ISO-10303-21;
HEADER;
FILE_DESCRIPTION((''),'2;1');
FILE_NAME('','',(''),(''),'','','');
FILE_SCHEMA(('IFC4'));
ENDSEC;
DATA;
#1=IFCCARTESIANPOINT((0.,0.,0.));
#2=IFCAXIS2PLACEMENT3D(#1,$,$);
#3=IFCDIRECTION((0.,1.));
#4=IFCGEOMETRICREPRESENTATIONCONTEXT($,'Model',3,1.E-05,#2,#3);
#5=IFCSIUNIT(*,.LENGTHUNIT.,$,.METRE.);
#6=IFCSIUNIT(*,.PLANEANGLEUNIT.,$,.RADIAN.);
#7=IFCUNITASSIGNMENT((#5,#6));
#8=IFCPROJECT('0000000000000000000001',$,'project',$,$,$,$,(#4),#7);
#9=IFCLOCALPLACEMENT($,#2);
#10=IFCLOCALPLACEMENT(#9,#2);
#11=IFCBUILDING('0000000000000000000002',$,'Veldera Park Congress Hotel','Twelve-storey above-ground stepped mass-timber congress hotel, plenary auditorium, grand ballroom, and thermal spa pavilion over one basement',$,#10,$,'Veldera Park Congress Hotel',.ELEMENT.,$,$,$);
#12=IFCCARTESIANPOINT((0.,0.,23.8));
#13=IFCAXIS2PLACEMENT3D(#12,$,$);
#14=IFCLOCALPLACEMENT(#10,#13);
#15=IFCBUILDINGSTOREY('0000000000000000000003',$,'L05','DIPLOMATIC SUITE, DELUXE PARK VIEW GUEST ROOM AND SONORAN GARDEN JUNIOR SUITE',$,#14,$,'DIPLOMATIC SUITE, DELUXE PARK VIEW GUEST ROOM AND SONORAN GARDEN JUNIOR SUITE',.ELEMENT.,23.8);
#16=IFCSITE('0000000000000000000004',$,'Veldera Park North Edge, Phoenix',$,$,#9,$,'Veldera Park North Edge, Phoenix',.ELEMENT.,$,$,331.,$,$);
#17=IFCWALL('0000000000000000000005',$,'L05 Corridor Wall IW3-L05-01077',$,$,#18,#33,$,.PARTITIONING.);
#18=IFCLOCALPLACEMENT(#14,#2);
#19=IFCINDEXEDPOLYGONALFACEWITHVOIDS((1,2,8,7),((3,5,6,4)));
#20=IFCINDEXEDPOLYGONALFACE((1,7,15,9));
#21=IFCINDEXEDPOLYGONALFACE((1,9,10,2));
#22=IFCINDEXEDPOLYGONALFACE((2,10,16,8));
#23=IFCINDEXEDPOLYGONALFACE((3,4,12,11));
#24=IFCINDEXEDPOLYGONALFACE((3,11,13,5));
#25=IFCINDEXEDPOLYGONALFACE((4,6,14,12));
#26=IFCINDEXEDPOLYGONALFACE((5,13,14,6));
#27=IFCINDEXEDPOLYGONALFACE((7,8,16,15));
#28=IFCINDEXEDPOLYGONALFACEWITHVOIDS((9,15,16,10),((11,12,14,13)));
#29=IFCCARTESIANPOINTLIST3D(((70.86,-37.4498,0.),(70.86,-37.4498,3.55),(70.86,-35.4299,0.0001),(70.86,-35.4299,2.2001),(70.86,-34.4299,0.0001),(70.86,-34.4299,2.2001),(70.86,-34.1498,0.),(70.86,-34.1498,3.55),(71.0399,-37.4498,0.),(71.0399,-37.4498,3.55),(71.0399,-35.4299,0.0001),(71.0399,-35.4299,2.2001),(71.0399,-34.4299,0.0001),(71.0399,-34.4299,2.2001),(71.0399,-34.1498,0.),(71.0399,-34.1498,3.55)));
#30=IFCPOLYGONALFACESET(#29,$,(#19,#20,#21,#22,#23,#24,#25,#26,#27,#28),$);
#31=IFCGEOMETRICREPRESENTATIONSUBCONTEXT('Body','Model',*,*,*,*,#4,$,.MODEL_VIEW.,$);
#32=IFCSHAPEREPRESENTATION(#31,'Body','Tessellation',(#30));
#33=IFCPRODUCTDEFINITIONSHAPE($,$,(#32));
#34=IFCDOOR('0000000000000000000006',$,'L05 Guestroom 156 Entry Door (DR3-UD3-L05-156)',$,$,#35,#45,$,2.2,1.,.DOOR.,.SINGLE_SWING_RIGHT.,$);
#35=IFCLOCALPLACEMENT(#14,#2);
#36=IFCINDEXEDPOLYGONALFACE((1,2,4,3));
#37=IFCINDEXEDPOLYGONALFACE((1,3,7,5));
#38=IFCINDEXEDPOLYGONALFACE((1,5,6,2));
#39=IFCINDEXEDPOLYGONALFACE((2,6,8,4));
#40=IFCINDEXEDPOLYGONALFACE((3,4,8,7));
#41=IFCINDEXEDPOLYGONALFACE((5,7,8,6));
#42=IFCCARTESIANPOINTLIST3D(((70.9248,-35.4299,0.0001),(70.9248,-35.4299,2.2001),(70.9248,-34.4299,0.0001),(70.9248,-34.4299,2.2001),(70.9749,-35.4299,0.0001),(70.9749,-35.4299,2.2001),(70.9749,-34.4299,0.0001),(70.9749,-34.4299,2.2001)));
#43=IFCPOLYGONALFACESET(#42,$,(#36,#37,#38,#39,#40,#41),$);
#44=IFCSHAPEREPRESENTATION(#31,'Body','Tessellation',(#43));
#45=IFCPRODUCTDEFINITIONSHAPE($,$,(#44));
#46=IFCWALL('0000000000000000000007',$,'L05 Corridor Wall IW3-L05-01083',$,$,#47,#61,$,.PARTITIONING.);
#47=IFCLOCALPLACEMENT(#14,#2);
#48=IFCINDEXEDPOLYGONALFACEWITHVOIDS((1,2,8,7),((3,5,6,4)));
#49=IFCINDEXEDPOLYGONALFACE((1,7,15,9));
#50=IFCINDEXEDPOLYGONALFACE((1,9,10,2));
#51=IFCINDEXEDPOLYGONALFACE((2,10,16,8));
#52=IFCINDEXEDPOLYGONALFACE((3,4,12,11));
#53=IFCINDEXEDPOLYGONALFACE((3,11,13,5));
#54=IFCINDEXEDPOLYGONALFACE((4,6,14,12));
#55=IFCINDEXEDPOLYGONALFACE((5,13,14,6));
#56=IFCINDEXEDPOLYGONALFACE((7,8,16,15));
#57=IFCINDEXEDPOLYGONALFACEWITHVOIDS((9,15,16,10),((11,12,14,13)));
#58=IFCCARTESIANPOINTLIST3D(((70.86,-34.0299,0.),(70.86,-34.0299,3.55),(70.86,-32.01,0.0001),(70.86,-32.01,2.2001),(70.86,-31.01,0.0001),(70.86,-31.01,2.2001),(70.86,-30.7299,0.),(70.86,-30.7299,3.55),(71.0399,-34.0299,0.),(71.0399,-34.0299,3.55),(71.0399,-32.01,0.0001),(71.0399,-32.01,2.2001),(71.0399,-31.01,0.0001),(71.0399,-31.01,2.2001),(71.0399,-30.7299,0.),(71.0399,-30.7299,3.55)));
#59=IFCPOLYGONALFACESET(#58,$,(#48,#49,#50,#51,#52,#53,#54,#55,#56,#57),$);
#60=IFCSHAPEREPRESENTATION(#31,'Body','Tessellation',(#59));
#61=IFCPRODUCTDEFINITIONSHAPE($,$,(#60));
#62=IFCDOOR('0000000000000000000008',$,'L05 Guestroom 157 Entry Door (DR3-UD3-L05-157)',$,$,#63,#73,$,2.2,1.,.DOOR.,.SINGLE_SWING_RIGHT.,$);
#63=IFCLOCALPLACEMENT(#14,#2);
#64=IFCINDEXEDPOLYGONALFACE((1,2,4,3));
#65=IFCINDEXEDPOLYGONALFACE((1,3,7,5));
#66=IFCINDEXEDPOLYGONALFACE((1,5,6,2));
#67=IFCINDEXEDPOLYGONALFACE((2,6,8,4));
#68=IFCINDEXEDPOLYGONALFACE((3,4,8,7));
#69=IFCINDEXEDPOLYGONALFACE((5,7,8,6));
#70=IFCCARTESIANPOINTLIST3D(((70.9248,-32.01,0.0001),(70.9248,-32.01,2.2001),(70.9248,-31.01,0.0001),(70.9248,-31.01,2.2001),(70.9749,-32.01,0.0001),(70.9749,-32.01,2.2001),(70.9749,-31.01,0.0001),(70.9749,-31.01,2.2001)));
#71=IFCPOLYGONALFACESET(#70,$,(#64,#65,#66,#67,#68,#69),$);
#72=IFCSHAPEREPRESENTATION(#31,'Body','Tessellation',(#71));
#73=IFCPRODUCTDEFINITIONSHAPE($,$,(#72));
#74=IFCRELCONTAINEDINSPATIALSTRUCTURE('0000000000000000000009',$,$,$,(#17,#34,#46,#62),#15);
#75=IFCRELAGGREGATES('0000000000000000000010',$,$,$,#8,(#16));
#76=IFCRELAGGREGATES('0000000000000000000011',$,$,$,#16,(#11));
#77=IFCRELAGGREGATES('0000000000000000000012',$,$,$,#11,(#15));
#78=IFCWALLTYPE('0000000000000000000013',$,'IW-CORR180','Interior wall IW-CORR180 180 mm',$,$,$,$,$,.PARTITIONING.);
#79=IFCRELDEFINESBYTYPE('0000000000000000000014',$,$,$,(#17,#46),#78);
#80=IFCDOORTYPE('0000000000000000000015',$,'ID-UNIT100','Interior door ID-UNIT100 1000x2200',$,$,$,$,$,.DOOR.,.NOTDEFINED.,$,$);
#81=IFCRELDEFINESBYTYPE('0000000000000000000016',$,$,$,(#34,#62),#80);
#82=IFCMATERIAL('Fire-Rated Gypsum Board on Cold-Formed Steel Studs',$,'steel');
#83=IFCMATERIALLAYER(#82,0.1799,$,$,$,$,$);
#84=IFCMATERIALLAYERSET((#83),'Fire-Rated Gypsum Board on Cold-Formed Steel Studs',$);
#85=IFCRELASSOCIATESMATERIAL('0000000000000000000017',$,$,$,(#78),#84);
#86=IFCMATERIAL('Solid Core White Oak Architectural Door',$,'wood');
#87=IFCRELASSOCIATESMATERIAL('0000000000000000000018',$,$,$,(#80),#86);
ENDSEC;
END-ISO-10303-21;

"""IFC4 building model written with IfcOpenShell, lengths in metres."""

from ifc_helpers import new_model, si_unit, direction, frame, frame_2d, origin, place, context, subcontext, project, spatial, rectangle, extrude, material, layer, layer_set, type_object, element, fill, save


model = new_model("IFC4")

# Units and contexts
model_context = context("Model", 3, precision=1e-05, world=origin(), true_north=direction((0.0, 1.0)))
body_context = subcontext(model_context, "Body", "Model", "MODEL_VIEW")
ifc_project = project(units=[si_unit("LENGTHUNIT", "METRE"), si_unit("PLANEANGLEUNIT", "RADIAN")], contexts=[model_context])

# Site, building, storey
site_placement = place(None, origin())
site = spatial("IfcSite", under=ifc_project, at=site_placement, Name="Veldera Park North Edge, Phoenix", LongName="Veldera Park North Edge, Phoenix", CompositionType="ELEMENT", RefElevation=331.0)
building_placement = place(site_placement, origin())
building = spatial("IfcBuilding", under=site, at=building_placement, Name="Veldera Park Congress Hotel", Description="Twelve-storey above-ground stepped mass-timber congress hotel, plenary auditorium, grand ballroom, and thermal spa pavilion over one basement", LongName="Veldera Park Congress Hotel", CompositionType="ELEMENT")
storey_placement = place(building_placement, frame((0.0, 0.0, 23.8)))
storey = spatial("IfcBuildingStorey", under=building, at=storey_placement, Name="L05", Description="DIPLOMATIC SUITE, DELUXE PARK VIEW GUEST ROOM AND SONORAN GARDEN JUNIOR SUITE", LongName="DIPLOMATIC SUITE, DELUXE PARK VIEW GUEST ROOM AND SONORAN GARDEN JUNIOR SUITE", CompositionType="ELEMENT", Elevation=23.8)

# Shared definitions
ifc_material_1 = material(Name="Fire-Rated Gypsum Board on Cold-Formed Steel Studs", Category="steel")

# Shared definitions
ifc_layer_1 = layer(ifc_material_1, 0.1799)
ifc_layer_set_1 = layer_set([ifc_layer_1], Name="Fire-Rated Gypsum Board on Cold-Formed Steel Studs")
wall_type_1 = type_object("IfcWallType", Name="IW-CORR180", Description="Interior wall IW-CORR180 180 mm", PredefinedType="PARTITIONING", material=ifc_layer_set_1)
ifc_material_2 = material(Name="Solid Core White Oak Architectural Door", Category="wood")

# Walls, openings, doors
door_type_1 = type_object("IfcDoorType", Name="ID-UNIT100", Description="Interior door ID-UNIT100 1000x2200", OperationType="NOTDEFINED", PredefinedType="DOOR", material=ifc_material_2)
wall_1_placement = place(storey_placement, frame((70.95, -34.1499, 0.0), z_axis=(0.0, 0.0, 1.0), x_axis=(0.0, -1.0, 0.0)))
wall_1 = element("IfcWall", 1, at=wall_1_placement, inside=storey, type_object=wall_type_1, Name="L05 Corridor Wall IW3-L05-01077", PredefinedType="PARTITIONING", context=body_context, shape_type="SweptSolid", body=[
    extrude(rectangle(XDim=3.3, YDim=0.1799, at=frame_2d((1.6499, 0.0))), origin(), (0.0, 0.0, 1.0), 3.55),
])
opening_1_placement = place(wall_1_placement, frame((0.28, 0.0, 0.0)))
opening_1 = element("IfcOpeningElement", 2, at=opening_1_placement, cuts=wall_1, PredefinedType="OPENING", context=body_context, shape_type="SweptSolid", body=[
    extrude(rectangle(XDim=1.0, YDim=2.2, at=frame_2d((0.5, 1.1001))), frame((0.0, 0.1021, 0.0), z_axis=(0.0, -1.0, 0.0), x_axis=(1.0, 0.0, 0.0)), (0.0, 0.0, 1.0), 0.2039),
])
door_1_placement = place(opening_1_placement, origin())
door_1 = element("IfcDoor", 3, at=door_1_placement, inside=storey, type_object=door_type_1, Name="L05 Guestroom 156 Entry Door (DR3-UD3-L05-156)", OperationType="SINGLE_SWING_RIGHT", OverallHeight=2.2, OverallWidth=1.0, PredefinedType="DOOR", context=body_context, shape_type="SweptSolid", body=[
    extrude(rectangle(XDim=1.0, YDim=2.2, at=frame_2d((0.5, 1.1001))), frame((0.0, 0.0249, 0.0), z_axis=(0.0, -1.0, 0.0), x_axis=(1.0, 0.0, 0.0)), (0.0, 0.0, 1.0), 0.05),
])
fill(opening_1, door_1)
wall_2_placement = place(storey_placement, frame((70.95, -30.73, 0.0), z_axis=(0.0, 0.0, 1.0), x_axis=(0.0, -1.0, 0.0)))
wall_2 = element("IfcWall", 4, at=wall_2_placement, inside=storey, type_object=wall_type_1, Name="L05 Corridor Wall IW3-L05-01083", PredefinedType="PARTITIONING", context=body_context, shape_type="SweptSolid", body=[
    extrude(rectangle(XDim=3.3, YDim=0.1799, at=frame_2d((1.6499, 0.0))), origin(), (0.0, 0.0, 1.0), 3.55),
])
opening_2_placement = place(wall_2_placement, frame((0.28, 0.0, 0.0)))
opening_2 = element("IfcOpeningElement", 5, at=opening_2_placement, cuts=wall_2, PredefinedType="OPENING", context=body_context, shape_type="SweptSolid", body=[
    extrude(rectangle(XDim=1.0, YDim=2.2, at=frame_2d((0.5, 1.1001))), frame((0.0, 0.1021, 0.0), z_axis=(0.0, -1.0, 0.0), x_axis=(1.0, 0.0, 0.0)), (0.0, 0.0, 1.0), 0.2039),
])
door_2_placement = place(opening_2_placement, origin())
door_2 = element("IfcDoor", 6, at=door_2_placement, inside=storey, type_object=door_type_1, Name="L05 Guestroom 157 Entry Door (DR3-UD3-L05-157)", OperationType="SINGLE_SWING_RIGHT", OverallHeight=2.2, OverallWidth=1.0, PredefinedType="DOOR", context=body_context, shape_type="SweptSolid", body=[
    extrude(rectangle(XDim=1.0, YDim=2.2, at=frame_2d((0.5, 1.1001))), frame((0.0, 0.0249, 0.0), z_axis=(0.0, -1.0, 0.0), x_axis=(1.0, 0.0, 0.0)), (0.0, 0.0, 1.0), 0.05),
])
fill(opening_2, door_2)

save(model, "model.ifc")
